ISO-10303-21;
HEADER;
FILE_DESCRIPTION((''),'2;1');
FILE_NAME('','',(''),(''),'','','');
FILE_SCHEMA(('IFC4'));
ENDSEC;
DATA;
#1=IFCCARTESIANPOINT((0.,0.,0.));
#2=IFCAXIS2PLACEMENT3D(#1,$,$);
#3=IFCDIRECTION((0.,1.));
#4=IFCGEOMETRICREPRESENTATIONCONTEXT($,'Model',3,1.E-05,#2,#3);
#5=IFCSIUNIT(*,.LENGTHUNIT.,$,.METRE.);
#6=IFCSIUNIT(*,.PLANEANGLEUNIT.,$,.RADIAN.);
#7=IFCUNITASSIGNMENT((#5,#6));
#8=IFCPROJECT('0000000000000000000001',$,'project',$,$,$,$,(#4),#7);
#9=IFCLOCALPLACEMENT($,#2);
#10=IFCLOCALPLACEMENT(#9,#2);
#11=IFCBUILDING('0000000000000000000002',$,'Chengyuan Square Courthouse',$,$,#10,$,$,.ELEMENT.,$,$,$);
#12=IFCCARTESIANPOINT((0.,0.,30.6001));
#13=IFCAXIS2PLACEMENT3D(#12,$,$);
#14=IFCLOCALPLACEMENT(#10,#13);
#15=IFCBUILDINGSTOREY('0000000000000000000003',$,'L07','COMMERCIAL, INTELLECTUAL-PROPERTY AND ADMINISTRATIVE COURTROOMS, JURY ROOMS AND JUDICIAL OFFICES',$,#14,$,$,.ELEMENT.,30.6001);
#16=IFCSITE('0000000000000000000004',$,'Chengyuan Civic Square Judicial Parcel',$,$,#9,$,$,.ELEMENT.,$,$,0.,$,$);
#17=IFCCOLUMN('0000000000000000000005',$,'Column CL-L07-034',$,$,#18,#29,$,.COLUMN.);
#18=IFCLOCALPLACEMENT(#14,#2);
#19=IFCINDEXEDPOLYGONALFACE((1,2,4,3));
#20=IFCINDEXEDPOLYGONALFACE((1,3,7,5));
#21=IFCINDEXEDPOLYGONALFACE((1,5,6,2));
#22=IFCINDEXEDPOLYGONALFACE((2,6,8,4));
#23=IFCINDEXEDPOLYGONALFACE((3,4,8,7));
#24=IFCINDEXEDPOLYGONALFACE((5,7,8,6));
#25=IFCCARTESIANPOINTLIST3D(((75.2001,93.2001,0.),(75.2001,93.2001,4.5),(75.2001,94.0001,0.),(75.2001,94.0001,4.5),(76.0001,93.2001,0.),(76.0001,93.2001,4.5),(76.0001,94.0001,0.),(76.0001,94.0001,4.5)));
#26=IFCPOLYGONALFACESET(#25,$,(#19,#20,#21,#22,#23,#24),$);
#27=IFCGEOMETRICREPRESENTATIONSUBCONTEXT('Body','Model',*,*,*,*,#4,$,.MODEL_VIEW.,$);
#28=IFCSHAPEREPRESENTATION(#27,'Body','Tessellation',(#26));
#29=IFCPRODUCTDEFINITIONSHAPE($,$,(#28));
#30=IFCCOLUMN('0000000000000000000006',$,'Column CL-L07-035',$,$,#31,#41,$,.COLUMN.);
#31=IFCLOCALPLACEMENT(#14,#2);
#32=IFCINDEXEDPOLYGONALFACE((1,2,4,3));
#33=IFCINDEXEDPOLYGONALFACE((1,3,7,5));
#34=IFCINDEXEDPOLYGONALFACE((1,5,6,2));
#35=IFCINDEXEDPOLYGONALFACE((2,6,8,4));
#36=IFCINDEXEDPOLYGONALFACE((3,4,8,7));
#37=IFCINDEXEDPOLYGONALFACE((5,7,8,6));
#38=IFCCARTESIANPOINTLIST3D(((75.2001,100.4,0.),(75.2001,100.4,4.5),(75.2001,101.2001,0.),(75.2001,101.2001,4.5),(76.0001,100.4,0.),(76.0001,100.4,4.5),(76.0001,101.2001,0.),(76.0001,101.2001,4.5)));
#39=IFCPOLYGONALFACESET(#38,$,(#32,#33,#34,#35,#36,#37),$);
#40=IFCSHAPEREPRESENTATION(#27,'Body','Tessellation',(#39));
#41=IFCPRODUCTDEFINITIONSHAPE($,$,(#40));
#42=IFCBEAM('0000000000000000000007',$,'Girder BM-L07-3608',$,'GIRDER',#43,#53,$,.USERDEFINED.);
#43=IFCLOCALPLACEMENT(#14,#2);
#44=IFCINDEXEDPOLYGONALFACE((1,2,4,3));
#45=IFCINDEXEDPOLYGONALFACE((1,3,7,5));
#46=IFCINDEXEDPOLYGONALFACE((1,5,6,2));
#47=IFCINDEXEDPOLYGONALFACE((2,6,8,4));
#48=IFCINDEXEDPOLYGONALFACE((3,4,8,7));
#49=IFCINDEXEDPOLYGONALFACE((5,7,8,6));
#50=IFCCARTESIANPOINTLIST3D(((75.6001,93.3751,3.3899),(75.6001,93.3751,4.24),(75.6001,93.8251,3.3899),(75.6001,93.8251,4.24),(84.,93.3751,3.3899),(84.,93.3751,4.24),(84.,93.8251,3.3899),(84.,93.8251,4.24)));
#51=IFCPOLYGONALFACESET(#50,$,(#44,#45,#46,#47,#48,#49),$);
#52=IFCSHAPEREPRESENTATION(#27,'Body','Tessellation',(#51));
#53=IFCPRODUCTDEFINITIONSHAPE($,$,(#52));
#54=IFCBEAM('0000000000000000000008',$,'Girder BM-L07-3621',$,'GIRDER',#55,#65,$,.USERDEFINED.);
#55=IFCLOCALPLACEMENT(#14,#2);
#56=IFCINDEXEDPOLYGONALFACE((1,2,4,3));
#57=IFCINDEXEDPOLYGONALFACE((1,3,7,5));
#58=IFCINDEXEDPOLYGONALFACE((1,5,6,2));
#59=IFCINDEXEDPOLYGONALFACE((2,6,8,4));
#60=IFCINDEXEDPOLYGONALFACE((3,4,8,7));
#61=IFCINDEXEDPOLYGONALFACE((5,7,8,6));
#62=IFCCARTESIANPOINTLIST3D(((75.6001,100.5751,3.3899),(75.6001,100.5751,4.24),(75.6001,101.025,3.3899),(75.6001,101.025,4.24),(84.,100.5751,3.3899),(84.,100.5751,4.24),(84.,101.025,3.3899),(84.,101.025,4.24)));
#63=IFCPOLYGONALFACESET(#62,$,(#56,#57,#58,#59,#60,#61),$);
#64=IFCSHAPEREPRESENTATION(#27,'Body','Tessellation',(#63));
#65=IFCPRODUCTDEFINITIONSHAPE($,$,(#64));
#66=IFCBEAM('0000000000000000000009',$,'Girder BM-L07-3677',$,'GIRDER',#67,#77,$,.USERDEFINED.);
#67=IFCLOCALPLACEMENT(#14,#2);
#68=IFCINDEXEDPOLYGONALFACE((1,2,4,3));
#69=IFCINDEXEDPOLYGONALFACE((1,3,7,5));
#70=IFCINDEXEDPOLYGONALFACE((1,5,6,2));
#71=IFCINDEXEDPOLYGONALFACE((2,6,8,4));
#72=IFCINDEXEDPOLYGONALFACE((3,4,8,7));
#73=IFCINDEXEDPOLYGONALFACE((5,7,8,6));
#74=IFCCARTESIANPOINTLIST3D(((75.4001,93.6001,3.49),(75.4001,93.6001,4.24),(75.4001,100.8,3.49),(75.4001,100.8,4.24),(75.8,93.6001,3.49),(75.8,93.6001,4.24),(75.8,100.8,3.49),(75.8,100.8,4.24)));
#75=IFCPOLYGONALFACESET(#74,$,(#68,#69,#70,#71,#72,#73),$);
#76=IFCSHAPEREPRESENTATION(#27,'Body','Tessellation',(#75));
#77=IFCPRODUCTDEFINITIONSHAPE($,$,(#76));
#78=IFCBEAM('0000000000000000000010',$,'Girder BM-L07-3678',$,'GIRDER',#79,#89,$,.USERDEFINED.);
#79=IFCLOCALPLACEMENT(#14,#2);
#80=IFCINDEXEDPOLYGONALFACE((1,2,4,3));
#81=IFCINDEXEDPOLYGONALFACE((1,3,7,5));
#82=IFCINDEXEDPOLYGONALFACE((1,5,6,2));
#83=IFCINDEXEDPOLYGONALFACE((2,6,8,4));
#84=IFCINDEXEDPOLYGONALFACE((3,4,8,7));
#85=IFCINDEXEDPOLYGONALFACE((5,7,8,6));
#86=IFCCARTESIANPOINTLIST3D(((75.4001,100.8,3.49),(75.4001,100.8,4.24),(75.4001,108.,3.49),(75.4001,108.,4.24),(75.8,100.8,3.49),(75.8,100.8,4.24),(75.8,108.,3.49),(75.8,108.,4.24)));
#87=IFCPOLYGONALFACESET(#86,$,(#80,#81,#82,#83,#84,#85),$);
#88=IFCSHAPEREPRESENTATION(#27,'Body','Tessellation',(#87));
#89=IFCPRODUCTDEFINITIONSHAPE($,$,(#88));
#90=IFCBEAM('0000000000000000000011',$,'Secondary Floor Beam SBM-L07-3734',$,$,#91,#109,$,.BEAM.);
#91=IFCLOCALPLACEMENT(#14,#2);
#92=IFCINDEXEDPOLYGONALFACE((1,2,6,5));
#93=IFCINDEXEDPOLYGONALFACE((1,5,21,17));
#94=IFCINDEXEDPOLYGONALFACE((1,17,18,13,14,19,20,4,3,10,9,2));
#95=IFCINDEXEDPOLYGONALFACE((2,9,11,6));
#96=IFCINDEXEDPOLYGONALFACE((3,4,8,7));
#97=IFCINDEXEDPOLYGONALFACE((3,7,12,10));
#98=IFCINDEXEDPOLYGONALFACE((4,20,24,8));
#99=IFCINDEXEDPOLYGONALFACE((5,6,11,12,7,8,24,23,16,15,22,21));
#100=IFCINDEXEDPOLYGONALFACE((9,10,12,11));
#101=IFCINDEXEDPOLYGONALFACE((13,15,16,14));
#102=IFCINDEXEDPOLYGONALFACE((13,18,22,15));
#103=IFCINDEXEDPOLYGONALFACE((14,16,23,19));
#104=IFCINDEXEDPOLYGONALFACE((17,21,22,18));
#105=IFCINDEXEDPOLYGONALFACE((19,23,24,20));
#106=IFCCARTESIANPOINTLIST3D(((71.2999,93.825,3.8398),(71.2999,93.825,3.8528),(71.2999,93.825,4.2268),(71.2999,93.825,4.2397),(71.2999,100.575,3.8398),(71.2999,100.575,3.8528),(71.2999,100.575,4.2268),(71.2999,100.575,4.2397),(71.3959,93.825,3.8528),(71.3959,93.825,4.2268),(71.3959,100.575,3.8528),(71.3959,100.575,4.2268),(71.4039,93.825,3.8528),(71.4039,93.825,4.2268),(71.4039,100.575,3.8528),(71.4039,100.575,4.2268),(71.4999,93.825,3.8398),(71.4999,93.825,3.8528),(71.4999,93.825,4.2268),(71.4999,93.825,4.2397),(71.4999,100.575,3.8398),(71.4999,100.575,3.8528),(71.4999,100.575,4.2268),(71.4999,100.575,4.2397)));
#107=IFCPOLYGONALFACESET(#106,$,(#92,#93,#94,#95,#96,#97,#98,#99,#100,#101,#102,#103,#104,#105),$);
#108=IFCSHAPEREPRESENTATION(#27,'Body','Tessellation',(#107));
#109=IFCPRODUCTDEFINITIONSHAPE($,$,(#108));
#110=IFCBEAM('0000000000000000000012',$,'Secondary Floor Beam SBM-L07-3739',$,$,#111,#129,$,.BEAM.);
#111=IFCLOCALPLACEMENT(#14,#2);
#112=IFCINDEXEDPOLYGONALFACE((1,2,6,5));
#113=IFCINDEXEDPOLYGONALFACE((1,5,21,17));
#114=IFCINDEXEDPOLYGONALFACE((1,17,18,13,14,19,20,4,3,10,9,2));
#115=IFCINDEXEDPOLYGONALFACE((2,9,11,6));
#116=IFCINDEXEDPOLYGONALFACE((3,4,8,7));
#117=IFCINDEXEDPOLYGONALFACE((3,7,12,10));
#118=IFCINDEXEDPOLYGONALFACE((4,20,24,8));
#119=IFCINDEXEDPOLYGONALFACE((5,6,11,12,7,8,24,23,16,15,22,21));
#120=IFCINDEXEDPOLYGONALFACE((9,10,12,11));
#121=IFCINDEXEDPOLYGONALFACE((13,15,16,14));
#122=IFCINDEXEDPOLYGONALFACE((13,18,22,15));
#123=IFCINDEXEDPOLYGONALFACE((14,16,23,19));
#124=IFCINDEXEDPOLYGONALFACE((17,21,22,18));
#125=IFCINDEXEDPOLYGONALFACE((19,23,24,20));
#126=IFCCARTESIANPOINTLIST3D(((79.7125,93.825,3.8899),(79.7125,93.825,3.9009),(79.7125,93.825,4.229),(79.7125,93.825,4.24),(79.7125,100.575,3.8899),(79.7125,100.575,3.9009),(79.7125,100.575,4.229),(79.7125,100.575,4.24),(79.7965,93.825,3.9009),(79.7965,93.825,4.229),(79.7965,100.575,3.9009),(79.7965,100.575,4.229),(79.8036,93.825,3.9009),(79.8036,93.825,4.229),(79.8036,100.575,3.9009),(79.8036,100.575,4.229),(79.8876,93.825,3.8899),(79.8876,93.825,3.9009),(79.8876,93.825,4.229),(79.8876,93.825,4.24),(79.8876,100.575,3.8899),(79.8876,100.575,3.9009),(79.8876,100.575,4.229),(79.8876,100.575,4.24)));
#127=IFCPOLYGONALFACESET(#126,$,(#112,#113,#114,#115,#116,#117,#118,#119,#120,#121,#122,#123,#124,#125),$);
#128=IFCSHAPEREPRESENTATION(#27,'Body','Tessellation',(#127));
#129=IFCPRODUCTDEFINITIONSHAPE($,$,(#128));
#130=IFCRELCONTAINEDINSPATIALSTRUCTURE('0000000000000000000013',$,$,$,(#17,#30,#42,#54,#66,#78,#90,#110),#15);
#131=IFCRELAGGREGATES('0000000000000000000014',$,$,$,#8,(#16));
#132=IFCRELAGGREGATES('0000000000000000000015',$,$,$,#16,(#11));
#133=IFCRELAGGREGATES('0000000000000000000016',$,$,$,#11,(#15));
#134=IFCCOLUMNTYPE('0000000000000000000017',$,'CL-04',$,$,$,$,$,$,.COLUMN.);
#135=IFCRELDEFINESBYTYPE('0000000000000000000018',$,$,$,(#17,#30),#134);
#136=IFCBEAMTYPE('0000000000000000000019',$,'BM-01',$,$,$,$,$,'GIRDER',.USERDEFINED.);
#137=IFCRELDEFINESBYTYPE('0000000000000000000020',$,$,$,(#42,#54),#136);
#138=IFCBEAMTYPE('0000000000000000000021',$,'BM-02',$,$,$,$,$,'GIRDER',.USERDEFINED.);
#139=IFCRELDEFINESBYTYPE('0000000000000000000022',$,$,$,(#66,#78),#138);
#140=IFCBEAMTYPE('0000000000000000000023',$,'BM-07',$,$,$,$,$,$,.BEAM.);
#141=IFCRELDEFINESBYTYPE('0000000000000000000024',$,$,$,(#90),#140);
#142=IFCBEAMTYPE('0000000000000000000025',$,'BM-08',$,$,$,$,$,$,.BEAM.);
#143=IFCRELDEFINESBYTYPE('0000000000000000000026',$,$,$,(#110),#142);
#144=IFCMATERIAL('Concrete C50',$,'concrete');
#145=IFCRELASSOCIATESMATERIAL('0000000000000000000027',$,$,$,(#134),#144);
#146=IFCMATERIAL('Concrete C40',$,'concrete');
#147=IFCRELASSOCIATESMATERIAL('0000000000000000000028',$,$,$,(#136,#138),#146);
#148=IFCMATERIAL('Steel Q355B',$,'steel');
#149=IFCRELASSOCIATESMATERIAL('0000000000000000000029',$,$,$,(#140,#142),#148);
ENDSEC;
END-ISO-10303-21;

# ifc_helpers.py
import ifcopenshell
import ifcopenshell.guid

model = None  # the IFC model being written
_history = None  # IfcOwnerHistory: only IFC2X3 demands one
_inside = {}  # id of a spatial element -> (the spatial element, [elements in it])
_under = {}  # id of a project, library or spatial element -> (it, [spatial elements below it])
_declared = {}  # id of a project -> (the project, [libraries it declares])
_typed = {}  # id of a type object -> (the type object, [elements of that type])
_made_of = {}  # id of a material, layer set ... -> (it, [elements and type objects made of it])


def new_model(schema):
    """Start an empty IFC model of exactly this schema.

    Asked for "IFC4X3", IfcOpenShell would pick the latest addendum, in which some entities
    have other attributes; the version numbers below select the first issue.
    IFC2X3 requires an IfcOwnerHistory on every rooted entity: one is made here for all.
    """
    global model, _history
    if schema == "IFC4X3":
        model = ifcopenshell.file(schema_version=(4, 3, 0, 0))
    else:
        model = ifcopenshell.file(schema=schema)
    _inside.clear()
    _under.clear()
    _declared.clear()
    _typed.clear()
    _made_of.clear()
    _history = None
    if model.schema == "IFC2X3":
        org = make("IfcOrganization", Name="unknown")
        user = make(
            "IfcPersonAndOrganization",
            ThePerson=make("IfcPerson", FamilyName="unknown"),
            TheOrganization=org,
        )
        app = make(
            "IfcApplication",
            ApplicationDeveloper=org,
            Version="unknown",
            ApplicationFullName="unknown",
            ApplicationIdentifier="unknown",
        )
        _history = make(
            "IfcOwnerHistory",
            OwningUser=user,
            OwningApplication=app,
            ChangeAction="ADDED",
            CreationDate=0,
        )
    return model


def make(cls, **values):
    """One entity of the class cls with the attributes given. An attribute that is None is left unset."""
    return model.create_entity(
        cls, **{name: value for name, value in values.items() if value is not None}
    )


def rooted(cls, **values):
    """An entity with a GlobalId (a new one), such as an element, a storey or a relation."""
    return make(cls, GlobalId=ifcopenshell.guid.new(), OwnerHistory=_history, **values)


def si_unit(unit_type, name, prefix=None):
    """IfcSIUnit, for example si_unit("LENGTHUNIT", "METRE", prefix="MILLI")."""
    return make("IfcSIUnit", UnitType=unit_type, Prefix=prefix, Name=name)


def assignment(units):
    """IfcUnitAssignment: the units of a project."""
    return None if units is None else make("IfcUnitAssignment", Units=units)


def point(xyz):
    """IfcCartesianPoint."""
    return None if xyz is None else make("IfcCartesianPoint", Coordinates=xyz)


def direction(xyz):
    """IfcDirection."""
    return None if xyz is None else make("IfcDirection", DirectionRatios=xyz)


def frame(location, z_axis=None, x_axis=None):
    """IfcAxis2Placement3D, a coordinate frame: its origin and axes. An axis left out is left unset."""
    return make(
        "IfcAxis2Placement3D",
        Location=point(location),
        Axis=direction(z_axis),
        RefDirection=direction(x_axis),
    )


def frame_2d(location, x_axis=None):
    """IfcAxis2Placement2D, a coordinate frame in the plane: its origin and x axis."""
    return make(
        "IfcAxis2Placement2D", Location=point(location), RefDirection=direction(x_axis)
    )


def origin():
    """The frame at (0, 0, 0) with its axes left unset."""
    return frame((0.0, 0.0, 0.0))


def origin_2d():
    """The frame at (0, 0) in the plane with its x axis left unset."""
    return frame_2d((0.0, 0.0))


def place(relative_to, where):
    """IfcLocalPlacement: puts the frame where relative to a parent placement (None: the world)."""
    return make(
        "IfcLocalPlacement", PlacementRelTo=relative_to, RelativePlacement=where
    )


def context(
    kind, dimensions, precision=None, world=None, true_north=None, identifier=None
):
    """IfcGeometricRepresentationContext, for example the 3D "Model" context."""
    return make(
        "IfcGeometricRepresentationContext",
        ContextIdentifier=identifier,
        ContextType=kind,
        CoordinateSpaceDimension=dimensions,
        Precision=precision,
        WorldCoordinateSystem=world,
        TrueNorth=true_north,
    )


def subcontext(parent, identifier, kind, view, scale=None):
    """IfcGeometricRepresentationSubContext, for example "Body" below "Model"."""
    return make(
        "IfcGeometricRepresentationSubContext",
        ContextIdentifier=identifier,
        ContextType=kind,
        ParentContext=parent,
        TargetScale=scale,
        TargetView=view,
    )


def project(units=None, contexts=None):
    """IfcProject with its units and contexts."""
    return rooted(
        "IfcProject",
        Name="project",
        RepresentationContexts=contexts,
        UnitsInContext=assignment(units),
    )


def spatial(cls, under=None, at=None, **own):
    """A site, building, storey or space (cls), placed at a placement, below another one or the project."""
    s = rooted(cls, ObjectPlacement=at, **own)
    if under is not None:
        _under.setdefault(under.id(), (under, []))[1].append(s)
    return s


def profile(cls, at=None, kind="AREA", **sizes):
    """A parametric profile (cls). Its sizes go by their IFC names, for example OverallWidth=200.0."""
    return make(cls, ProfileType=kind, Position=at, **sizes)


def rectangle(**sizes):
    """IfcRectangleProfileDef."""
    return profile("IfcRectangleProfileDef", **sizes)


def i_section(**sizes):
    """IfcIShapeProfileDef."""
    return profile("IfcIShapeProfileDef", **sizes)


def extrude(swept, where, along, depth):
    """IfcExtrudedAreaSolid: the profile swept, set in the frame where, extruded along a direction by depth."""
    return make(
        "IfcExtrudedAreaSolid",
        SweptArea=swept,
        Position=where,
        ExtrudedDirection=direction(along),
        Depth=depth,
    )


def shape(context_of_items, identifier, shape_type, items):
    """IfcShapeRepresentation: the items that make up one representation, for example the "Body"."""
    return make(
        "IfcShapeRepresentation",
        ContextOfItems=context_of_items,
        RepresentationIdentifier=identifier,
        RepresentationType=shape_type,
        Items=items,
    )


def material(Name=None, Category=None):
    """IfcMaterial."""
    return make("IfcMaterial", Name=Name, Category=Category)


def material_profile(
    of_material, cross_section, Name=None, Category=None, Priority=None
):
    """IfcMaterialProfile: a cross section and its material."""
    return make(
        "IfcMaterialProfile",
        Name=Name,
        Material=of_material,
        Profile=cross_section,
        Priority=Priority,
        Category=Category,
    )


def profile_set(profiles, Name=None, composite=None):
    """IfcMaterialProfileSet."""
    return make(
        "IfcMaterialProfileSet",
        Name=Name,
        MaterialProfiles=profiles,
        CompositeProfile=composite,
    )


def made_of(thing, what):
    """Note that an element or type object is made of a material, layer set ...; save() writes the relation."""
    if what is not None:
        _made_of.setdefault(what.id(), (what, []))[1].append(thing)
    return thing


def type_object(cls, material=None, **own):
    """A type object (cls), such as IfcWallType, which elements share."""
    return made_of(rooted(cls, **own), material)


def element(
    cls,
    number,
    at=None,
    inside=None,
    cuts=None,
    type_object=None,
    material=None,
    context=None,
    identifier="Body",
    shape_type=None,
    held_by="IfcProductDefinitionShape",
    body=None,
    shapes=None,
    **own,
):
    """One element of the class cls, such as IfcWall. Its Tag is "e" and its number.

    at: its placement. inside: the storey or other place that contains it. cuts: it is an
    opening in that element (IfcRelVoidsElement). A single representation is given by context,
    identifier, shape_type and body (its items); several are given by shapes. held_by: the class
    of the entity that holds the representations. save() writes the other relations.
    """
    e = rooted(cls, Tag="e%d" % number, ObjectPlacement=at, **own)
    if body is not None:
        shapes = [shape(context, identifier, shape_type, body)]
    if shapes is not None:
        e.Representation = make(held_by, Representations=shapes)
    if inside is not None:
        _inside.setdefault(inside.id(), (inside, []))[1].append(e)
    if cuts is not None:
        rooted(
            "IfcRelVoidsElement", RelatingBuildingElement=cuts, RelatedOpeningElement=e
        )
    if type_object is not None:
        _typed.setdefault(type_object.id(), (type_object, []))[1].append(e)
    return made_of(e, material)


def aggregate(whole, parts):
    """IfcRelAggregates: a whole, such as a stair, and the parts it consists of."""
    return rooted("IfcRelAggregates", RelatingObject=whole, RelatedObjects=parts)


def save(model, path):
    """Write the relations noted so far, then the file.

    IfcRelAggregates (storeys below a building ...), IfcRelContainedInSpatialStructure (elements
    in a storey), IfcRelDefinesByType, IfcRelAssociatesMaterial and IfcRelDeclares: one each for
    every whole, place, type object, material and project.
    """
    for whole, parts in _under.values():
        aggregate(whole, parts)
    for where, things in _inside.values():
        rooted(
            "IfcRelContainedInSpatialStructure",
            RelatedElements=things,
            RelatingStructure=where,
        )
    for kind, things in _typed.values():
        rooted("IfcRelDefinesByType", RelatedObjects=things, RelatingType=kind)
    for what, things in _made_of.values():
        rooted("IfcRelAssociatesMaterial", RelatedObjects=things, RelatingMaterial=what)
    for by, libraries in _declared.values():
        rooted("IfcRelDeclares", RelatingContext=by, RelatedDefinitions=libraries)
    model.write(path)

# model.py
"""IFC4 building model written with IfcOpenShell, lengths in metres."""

from ifc_helpers import new_model, si_unit, direction, frame, origin, origin_2d, place, context, subcontext, project, spatial, rectangle, i_section, extrude, material, material_profile, profile_set, type_object, element, save


model = new_model("IFC4")

# Units and contexts
model_context = context("Model", 3, precision=1e-05, world=origin(), true_north=direction((0.0, 1.0)))
body_context = subcontext(model_context, "Body", "Model", "MODEL_VIEW")
ifc_project = project(units=[si_unit("LENGTHUNIT", "METRE"), si_unit("PLANEANGLEUNIT", "RADIAN")], contexts=[model_context])

# Site, building, storey
site_placement = place(None, origin())
site = spatial("IfcSite", under=ifc_project, at=site_placement, Name="Chengyuan Civic Square Judicial Parcel", CompositionType="ELEMENT", RefElevation=0.0)
building_placement = place(site_placement, origin())
building = spatial("IfcBuilding", under=site, at=building_placement, Name="Chengyuan Square Courthouse", CompositionType="ELEMENT")
storey_placement = place(building_placement, frame((0.0, 0.0, 30.6001)))
storey = spatial("IfcBuildingStorey", under=building, at=storey_placement, Name="L07", Description="COMMERCIAL, INTELLECTUAL-PROPERTY AND ADMINISTRATIVE COURTROOMS, JURY ROOMS AND JUDICIAL OFFICES", CompositionType="ELEMENT", Elevation=30.6001)

# Columns
ifc_material_1 = material(Name="Concrete C50", Category="concrete")
ifc_material_profile_1 = material_profile(ifc_material_1, rectangle(XDim=0.8, YDim=0.8, at=origin_2d()), Name="RC-COL-800x800")
ifc_profile_set_1 = profile_set([ifc_material_profile_1], Name="Concrete C50")
column_type = type_object("IfcColumnType", Name="CL-04", PredefinedType="COLUMN", material=ifc_profile_set_1)
for number, where, z_axis, x_axis, name in (
    (1, (75.6001, 93.6001, 0.0), (0.0, 0.0, 1.0), (1.0, 0.0, 0.0), "Column CL-L07-034"),
    (2, (75.6001, 100.8, 0.0), (0.0, 0.0, 1.0), (1.0, 0.0, 0.0), "Column CL-L07-035"),
):
    element("IfcColumn", number, at=place(storey_placement, frame(where, z_axis=z_axis, x_axis=x_axis)), inside=storey, type_object=column_type, Name=name, PredefinedType="COLUMN", context=body_context, shape_type="SweptSolid", body=[
        extrude(rectangle(XDim=0.8, YDim=0.8, at=origin_2d()), origin(), (0.0, 0.0, 1.0), 4.5),
    ])

# Beams
ifc_material_2 = material(Name="Concrete C40", Category="concrete")
ifc_material_profile_2 = material_profile(ifc_material_2, rectangle(XDim=0.45, YDim=0.8501, at=origin_2d()), Name="RC-BM-450x850")
ifc_profile_set_2 = profile_set([ifc_material_profile_2], Name="Concrete C40")
beam_type_1 = type_object("IfcBeamType", Name="BM-01", ElementType="GIRDER", PredefinedType="USERDEFINED", material=ifc_profile_set_2)
for number, where, z_axis, x_axis, name in (
    (3, (75.6001, 93.6001, 3.8149), (1.0, 0.0, 0.0), (0.0, 1.0, 0.0), "Girder BM-L07-3608"),
    (4, (75.6001, 100.8, 3.8149), (1.0, 0.0, 0.0), (0.0, 1.0, 0.0), "Girder BM-L07-3621"),
):
    element("IfcBeam", number, at=place(storey_placement, frame(where, z_axis=z_axis, x_axis=x_axis)), inside=storey, type_object=beam_type_1, Name=name, ObjectType="GIRDER", PredefinedType="USERDEFINED", context=body_context, shape_type="SweptSolid", body=[
        extrude(rectangle(XDim=0.45, YDim=0.8501, at=origin_2d()), origin(), (0.0, 0.0, 1.0), 8.3999),
    ])
ifc_material_profile_3 = material_profile(ifc_material_2, rectangle(XDim=0.3999, YDim=0.75, at=origin_2d()), Name="RC-BM-400x750")
ifc_profile_set_3 = profile_set([ifc_material_profile_3], Name="Concrete C40")
beam_type_2 = type_object("IfcBeamType", Name="BM-02", ElementType="GIRDER", PredefinedType="USERDEFINED", material=ifc_profile_set_3)
for number, where, z_axis, x_axis, name in (
    (5, (75.6001, 93.6001, 3.865), (0.0, 1.0, 0.0), (-1.0, 0.0, 0.0), "Girder BM-L07-3677"),
    (6, (75.6001, 100.8, 3.865), (0.0, 1.0, 0.0), (-1.0, 0.0, 0.0), "Girder BM-L07-3678"),
):
    element("IfcBeam", number, at=place(storey_placement, frame(where, z_axis=z_axis, x_axis=x_axis)), inside=storey, type_object=beam_type_2, Name=name, ObjectType="GIRDER", PredefinedType="USERDEFINED", context=body_context, shape_type="SweptSolid", body=[
        extrude(rectangle(XDim=0.3999, YDim=0.75, at=origin_2d()), origin(), (0.0, 0.0, 1.0), 7.2),
    ])
ifc_material_3 = material(Name="Steel Q355B", Category="steel")
ifc_material_profile_4 = material_profile(ifc_material_3, i_section(OverallWidth=0.2, OverallDepth=0.3999, WebThickness=0.0081, FlangeThickness=0.0129, at=origin_2d()), Name="HN 400x200x8x13")
ifc_profile_set_4 = profile_set([ifc_material_profile_4], Name="Steel Q355B")
beam_type_3 = type_object("IfcBeamType", Name="BM-07", PredefinedType="BEAM", material=ifc_profile_set_4)
beam_1_placement = place(storey_placement, frame((71.3999, 93.825, 4.0398), z_axis=(0.0, 1.0, 0.0), x_axis=(-1.0, 0.0, 0.0)))
element("IfcBeam", 7, at=beam_1_placement, inside=storey, type_object=beam_type_3, Name="Secondary Floor Beam SBM-L07-3734", PredefinedType="BEAM", context=body_context, shape_type="SweptSolid", body=[
    extrude(i_section(OverallWidth=0.2, OverallDepth=0.3999, WebThickness=0.0081, FlangeThickness=0.0129, at=origin_2d()), origin(), (0.0, 0.0, 1.0), 6.75),
])
ifc_material_profile_5 = material_profile(ifc_material_3, i_section(OverallWidth=0.175, OverallDepth=0.3501, WebThickness=0.0071, FlangeThickness=0.011, at=origin_2d()), Name="HN 350x175x7x11")
ifc_profile_set_5 = profile_set([ifc_material_profile_5], Name="Steel Q355B")
beam_type_4 = type_object("IfcBeamType", Name="BM-08", PredefinedType="BEAM", material=ifc_profile_set_5)
beam_2_placement = place(storey_placement, frame((79.8, 93.825, 4.0649), z_axis=(0.0, 1.0, 0.0), x_axis=(-1.0, 0.0, 0.0)))
element("IfcBeam", 8, at=beam_2_placement, inside=storey, type_object=beam_type_4, Name="Secondary Floor Beam SBM-L07-3739", PredefinedType="BEAM", context=body_context, shape_type="SweptSolid", body=[
    extrude(i_section(OverallWidth=0.175, OverallDepth=0.3501, WebThickness=0.0071, FlangeThickness=0.011, at=origin_2d()), origin(), (0.0, 0.0, 1.0), 6.75),
])

save(model, "model.ifc")
